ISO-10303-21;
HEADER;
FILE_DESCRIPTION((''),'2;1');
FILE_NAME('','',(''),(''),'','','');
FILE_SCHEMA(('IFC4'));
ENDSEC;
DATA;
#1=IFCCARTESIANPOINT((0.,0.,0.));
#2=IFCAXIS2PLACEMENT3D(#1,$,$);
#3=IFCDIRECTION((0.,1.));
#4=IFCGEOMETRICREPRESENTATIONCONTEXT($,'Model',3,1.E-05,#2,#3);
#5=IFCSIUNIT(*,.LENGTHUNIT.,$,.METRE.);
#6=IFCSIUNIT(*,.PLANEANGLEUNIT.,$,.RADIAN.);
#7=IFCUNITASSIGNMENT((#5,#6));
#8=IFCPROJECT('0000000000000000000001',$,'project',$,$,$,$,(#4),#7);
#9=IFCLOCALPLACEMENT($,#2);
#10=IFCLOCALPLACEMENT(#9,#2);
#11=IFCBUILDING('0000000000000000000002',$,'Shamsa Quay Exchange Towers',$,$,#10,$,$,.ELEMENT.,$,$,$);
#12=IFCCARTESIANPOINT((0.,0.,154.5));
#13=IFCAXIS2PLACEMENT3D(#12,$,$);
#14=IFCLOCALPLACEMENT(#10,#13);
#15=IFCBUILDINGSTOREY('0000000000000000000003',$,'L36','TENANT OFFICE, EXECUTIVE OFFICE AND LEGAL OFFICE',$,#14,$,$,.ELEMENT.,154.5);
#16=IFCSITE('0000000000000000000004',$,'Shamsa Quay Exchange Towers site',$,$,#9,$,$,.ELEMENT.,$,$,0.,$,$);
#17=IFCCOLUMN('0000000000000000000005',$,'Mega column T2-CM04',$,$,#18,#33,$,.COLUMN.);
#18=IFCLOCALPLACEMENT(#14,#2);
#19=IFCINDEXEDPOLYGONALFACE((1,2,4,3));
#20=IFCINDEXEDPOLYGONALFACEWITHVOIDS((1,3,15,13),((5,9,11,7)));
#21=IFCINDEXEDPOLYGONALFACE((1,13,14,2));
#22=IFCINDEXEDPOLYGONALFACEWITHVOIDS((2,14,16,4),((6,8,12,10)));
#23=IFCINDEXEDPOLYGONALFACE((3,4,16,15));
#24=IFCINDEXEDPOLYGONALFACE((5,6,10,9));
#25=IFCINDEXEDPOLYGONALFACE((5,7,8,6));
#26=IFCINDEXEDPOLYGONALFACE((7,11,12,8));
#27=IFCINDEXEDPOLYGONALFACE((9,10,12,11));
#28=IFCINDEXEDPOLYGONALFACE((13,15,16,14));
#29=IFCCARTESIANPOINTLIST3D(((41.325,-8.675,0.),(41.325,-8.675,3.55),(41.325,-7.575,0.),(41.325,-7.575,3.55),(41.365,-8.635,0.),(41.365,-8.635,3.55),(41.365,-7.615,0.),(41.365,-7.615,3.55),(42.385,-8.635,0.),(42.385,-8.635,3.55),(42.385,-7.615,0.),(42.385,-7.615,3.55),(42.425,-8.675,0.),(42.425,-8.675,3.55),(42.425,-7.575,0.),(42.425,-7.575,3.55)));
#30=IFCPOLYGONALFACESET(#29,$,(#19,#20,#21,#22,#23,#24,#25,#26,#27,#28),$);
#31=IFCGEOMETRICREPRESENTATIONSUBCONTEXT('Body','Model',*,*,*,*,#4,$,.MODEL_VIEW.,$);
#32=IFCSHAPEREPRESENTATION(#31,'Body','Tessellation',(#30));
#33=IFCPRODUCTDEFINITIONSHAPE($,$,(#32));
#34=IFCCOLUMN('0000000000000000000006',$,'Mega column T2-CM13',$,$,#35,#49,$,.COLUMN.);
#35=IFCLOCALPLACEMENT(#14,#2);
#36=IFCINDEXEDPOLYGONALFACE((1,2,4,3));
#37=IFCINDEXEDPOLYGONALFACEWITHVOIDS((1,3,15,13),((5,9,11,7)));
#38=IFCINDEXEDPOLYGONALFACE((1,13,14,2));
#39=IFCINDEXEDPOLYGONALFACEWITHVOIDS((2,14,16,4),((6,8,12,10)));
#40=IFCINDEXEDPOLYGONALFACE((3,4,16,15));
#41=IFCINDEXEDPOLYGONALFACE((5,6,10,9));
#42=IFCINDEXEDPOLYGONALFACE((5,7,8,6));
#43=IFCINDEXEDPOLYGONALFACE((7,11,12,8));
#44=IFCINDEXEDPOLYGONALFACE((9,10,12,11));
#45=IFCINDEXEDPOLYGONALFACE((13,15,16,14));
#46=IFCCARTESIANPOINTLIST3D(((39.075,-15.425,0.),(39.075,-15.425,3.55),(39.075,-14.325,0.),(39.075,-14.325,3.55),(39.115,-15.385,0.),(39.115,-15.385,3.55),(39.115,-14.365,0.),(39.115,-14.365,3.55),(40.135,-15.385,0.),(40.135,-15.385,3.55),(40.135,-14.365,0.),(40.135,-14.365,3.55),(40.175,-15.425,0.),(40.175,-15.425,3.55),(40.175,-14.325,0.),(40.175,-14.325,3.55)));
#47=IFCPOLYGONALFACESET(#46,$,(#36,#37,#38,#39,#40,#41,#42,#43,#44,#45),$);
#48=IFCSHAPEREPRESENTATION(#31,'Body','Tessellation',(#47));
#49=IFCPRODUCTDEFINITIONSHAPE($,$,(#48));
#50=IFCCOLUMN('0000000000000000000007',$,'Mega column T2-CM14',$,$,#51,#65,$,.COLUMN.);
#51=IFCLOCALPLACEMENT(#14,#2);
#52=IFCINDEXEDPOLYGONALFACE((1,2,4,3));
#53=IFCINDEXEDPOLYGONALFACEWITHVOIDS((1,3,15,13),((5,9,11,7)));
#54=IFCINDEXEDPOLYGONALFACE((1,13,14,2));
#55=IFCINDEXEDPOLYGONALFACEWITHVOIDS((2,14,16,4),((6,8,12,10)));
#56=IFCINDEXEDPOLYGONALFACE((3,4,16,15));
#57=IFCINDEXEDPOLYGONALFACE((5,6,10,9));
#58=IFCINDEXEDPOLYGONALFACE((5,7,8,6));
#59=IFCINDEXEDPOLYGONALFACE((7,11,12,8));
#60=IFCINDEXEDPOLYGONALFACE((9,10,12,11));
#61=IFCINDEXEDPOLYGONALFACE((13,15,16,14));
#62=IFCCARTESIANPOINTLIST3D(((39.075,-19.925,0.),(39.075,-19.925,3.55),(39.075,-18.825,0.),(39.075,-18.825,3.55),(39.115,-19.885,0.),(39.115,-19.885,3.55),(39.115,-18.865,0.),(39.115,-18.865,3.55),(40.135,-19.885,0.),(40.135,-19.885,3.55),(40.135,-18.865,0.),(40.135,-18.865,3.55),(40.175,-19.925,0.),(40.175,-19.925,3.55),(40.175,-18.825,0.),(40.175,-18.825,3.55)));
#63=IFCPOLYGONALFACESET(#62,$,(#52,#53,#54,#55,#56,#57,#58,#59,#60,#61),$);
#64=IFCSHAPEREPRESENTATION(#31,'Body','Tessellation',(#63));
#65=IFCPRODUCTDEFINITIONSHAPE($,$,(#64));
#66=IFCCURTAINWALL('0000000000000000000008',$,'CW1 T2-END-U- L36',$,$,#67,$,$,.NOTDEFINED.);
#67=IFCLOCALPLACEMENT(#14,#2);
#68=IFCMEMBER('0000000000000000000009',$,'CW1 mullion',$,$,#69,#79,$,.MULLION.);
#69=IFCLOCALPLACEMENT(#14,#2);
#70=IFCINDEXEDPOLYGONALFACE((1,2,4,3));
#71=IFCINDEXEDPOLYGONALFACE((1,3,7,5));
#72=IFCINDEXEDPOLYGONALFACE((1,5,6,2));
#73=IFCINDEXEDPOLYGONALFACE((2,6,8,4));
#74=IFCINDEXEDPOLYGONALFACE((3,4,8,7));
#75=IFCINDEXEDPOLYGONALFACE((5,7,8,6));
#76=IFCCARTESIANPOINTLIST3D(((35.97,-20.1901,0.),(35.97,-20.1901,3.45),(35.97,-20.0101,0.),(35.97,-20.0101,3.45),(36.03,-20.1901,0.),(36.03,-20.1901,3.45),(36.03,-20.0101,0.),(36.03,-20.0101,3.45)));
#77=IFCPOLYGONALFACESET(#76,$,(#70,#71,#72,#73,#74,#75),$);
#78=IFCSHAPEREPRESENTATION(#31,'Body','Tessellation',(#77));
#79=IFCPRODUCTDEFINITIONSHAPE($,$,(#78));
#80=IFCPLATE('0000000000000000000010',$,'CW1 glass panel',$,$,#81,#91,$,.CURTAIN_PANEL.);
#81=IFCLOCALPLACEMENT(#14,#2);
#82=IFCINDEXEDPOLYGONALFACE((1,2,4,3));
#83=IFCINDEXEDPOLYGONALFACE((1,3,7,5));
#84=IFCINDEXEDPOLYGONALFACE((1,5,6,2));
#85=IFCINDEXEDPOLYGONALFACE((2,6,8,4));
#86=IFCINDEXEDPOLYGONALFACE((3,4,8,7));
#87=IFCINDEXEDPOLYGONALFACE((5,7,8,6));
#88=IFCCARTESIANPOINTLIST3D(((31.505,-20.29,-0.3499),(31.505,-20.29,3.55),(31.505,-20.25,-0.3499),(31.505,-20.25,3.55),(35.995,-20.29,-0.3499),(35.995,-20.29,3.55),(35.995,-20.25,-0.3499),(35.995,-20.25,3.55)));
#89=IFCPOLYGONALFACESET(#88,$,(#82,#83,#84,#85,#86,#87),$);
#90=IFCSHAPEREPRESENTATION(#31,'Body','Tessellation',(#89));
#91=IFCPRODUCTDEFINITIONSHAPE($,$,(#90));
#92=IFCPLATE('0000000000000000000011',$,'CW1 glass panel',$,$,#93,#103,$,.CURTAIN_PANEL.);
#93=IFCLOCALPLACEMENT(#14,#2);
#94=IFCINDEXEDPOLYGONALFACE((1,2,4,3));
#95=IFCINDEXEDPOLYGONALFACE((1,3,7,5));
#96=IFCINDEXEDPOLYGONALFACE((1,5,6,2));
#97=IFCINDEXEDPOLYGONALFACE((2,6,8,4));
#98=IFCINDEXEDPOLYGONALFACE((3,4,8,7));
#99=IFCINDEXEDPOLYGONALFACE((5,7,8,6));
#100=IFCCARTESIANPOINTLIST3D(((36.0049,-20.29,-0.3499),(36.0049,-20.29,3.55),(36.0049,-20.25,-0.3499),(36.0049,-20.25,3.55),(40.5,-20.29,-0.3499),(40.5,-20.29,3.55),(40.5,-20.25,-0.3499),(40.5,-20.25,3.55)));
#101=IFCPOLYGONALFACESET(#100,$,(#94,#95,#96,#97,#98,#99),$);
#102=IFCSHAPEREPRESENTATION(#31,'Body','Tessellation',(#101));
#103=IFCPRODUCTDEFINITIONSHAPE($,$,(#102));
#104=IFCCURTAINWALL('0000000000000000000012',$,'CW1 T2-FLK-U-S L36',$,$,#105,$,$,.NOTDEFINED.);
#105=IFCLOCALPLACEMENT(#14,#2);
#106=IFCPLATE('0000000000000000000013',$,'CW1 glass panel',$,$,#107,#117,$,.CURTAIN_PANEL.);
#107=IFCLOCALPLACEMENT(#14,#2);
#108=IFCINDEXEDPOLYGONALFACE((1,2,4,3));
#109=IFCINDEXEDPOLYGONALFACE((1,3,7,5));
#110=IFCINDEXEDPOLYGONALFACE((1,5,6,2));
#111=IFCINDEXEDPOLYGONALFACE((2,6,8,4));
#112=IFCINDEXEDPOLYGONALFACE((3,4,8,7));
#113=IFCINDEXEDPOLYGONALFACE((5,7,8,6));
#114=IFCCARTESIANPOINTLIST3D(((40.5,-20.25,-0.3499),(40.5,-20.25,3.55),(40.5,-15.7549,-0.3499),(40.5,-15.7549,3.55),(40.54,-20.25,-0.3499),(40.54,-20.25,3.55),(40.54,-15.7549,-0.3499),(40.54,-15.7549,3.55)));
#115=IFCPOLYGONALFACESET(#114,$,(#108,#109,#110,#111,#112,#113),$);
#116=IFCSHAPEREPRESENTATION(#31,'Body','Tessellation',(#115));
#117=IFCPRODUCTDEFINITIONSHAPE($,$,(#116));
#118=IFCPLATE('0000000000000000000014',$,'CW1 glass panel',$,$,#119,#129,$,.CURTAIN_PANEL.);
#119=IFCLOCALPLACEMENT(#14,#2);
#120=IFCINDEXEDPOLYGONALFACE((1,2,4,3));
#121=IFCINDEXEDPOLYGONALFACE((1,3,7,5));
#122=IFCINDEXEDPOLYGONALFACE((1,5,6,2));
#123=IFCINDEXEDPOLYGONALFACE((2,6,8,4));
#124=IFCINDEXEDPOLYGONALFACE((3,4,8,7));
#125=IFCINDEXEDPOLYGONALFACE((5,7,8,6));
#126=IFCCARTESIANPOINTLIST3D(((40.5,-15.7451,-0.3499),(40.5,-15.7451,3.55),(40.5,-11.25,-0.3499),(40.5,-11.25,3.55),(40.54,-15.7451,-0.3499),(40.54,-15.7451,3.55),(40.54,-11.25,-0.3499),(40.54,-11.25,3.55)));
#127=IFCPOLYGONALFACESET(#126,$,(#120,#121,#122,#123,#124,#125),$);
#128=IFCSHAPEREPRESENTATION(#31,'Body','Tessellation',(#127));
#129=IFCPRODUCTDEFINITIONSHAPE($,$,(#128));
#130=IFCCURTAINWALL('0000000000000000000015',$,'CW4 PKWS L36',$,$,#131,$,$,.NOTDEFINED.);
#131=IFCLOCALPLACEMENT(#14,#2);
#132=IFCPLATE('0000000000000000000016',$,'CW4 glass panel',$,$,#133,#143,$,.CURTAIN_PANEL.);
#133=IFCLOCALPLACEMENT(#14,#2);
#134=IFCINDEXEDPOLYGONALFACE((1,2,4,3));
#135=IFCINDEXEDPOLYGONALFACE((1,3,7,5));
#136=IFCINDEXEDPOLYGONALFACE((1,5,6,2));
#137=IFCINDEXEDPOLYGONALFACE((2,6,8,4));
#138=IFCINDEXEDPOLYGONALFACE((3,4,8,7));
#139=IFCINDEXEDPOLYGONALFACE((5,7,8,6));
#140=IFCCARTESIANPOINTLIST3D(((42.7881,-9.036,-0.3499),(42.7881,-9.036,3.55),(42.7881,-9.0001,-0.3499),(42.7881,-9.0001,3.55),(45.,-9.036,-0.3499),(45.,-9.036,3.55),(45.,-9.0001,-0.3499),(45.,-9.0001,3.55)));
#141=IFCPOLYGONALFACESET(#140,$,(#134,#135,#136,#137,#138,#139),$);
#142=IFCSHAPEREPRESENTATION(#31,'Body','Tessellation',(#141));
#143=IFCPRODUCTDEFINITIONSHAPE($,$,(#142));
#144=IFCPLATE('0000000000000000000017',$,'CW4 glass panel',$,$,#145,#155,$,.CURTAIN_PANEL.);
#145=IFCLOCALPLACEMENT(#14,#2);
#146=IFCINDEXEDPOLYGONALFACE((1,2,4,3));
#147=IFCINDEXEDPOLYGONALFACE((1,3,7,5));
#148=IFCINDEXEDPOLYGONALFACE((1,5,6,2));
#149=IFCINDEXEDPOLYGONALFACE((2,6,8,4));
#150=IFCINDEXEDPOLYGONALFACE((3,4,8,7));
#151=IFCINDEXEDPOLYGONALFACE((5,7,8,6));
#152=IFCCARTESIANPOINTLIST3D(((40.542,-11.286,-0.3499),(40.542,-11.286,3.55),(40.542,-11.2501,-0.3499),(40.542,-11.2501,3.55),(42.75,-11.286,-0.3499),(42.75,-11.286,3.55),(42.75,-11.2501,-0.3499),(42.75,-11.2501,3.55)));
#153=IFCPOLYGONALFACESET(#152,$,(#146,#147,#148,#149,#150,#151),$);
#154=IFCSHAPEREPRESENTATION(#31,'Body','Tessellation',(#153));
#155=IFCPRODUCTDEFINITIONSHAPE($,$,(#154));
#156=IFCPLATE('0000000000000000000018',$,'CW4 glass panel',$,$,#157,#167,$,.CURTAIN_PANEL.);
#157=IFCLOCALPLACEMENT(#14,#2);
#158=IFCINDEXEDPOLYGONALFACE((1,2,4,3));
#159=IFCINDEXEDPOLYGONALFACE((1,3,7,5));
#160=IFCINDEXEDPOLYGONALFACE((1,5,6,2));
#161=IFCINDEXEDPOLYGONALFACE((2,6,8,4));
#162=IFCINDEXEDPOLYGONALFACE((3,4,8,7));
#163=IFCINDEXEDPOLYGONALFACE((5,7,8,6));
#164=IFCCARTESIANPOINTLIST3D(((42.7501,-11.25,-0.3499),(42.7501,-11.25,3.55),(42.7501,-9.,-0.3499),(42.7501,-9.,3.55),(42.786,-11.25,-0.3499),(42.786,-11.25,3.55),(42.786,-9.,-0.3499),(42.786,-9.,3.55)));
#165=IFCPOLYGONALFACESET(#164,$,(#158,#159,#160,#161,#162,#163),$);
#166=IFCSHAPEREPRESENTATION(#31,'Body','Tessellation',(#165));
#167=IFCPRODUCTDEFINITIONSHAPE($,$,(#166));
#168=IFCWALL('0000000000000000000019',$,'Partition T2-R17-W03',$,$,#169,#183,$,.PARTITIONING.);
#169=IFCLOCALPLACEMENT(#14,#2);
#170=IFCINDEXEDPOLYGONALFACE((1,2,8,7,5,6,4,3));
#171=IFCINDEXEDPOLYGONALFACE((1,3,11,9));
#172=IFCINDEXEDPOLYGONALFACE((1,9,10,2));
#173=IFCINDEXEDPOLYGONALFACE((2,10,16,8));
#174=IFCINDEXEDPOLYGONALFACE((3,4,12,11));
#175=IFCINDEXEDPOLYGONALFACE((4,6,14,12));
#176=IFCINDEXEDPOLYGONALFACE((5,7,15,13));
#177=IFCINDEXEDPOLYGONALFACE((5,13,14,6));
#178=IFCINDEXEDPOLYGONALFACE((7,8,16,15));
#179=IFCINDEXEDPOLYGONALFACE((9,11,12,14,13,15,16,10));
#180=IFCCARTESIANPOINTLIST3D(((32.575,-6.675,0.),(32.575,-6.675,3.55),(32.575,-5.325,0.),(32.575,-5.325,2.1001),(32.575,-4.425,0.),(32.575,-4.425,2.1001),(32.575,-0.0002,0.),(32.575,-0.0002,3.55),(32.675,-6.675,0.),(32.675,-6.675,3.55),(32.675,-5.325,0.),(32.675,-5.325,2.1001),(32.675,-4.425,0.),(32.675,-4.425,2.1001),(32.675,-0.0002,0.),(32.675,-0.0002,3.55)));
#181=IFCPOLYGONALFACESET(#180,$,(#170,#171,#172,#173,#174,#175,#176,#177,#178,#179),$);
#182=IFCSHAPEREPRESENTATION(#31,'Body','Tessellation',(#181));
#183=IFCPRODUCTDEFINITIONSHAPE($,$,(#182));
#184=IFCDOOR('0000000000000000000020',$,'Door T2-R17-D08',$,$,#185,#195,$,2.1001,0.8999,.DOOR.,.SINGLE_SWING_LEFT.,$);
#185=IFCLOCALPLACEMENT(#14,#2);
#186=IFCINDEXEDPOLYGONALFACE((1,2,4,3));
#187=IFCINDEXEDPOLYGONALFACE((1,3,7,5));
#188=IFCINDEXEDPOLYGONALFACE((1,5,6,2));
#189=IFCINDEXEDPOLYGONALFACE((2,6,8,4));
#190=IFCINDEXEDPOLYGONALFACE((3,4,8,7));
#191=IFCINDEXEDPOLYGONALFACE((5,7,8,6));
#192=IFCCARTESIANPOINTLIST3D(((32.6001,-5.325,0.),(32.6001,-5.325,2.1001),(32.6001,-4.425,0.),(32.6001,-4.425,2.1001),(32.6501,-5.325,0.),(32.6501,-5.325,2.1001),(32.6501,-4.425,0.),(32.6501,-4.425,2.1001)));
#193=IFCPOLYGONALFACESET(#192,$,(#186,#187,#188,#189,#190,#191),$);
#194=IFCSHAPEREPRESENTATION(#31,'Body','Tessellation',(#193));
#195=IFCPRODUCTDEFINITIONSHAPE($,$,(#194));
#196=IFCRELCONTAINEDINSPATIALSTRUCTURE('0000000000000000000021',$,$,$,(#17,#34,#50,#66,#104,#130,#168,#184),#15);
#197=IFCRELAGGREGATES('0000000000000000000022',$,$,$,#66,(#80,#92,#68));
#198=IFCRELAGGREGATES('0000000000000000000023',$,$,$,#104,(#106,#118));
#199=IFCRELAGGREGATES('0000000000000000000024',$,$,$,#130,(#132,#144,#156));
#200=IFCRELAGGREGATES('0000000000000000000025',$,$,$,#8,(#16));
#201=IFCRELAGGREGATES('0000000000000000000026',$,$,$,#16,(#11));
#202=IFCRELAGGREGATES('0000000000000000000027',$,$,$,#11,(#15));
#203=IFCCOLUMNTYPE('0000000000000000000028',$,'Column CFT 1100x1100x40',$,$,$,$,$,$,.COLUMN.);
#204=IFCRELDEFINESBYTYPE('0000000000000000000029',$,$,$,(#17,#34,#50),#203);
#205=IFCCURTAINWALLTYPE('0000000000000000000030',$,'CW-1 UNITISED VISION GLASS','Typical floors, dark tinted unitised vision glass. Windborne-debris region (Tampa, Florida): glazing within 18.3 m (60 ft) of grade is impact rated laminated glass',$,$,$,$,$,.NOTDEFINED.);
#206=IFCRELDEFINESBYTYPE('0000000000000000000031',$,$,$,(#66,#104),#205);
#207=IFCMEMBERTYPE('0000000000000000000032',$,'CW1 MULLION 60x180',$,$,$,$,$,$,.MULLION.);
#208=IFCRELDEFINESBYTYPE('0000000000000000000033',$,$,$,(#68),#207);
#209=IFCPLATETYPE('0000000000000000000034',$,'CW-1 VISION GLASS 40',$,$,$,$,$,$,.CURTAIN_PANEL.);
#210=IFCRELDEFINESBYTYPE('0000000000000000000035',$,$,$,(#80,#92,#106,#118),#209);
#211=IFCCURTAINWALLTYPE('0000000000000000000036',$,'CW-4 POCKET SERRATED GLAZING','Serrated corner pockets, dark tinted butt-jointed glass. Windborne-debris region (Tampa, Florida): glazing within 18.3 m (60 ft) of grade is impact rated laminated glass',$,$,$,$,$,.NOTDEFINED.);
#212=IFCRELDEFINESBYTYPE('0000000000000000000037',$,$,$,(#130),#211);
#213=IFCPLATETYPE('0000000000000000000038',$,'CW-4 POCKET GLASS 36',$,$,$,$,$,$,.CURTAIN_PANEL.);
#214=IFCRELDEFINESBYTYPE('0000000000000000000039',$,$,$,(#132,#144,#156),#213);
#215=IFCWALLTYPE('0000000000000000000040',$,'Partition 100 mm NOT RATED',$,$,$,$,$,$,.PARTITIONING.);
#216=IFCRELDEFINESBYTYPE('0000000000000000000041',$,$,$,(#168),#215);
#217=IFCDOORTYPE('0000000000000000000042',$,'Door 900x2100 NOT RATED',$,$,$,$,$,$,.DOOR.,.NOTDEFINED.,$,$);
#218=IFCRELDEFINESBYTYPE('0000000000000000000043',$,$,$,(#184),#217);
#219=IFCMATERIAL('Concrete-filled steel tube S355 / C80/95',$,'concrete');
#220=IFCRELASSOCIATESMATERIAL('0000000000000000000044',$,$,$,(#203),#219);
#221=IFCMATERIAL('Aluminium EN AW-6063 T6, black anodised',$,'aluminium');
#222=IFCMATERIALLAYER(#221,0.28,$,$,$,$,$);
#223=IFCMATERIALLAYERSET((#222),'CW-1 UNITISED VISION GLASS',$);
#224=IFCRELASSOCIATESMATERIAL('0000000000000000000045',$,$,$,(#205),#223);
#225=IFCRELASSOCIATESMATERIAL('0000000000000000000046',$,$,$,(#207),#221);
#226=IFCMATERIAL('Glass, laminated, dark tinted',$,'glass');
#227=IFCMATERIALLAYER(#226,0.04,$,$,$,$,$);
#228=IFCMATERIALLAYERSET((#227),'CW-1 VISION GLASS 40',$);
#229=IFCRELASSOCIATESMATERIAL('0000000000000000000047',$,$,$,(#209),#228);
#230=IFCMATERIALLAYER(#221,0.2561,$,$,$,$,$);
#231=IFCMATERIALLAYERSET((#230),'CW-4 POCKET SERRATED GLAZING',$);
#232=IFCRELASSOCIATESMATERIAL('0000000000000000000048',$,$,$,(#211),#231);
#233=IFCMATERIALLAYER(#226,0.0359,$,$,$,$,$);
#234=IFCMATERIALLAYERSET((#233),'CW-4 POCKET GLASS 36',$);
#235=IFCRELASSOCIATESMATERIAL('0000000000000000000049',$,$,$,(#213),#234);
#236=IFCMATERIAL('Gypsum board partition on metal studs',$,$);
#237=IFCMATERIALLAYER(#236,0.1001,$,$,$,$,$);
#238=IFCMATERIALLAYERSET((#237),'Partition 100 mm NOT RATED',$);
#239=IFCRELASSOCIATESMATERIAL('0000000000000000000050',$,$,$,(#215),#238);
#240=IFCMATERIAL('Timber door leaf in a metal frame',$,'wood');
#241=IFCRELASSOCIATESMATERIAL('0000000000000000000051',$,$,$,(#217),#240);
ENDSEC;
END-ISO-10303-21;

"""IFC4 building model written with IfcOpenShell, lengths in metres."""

from ifc_helpers import new_model, si_unit, direction, frame, frame_2d, origin, origin_2d, place, context, subcontext, project, spatial, rectangle, hollow_rectangle, extrude, material, layer, layer_set, material_profile, profile_set, type_object, element, fill, aggregate, save


model = new_model("IFC4")

# Units and contexts
model_context = context("Model", 3, precision=1e-05, world=origin(), true_north=direction((0.0, 1.0)))
body_context = subcontext(model_context, "Body", "Model", "MODEL_VIEW")
ifc_project = project(units=[si_unit("LENGTHUNIT", "METRE"), si_unit("PLANEANGLEUNIT", "RADIAN")], contexts=[model_context])

# Site, building, storey
site_placement = place(None, origin())
site = spatial("IfcSite", under=ifc_project, at=site_placement, Name="Shamsa Quay Exchange Towers site", CompositionType="ELEMENT", RefElevation=0.0)
building_placement = place(site_placement, origin())
building = spatial("IfcBuilding", under=site, at=building_placement, Name="Shamsa Quay Exchange Towers", CompositionType="ELEMENT")
storey_placement = place(building_placement, frame((0.0, 0.0, 154.5)))
storey = spatial("IfcBuildingStorey", under=building, at=storey_placement, Name="L36", Description="TENANT OFFICE, EXECUTIVE OFFICE AND LEGAL OFFICE", CompositionType="ELEMENT", Elevation=154.5)

# Columns
ifc_material_1 = material(Name="Concrete-filled steel tube S355 / C80/95", Category="concrete")
ifc_material_profile_1 = material_profile(ifc_material_1, hollow_rectangle(XDim=1.1001, YDim=1.1001, WallThickness=0.04, at=origin_2d()), Name="CFT 1100x1100x40")
ifc_profile_set_1 = profile_set([ifc_material_profile_1], Name="Concrete-filled steel tube S355 / C80/95")
column_type = type_object("IfcColumnType", Name="Column CFT 1100x1100x40", PredefinedType="COLUMN", material=ifc_profile_set_1)
for number, where, name in (
    (1, (41.875, -8.125, 0.0), "Mega column T2-CM04"),
    (2, (39.625, -14.875, 0.0), "Mega column T2-CM13"),
    (3, (39.625, -19.375, 0.0), "Mega column T2-CM14"),
):
    element("IfcColumn", number, at=place(storey_placement, frame(where)), inside=storey, type_object=column_type, Name=name, PredefinedType="COLUMN", context=body_context, shape_type="SweptSolid", body=[
        extrude(hollow_rectangle(XDim=1.1001, YDim=1.1001, WallThickness=0.04, at=origin_2d()), origin(), (0.0, 0.0, 1.0), 3.55),
    ])

# Curtain wall, member, plates
ifc_material_2 = material(Name="Aluminium EN AW-6063 T6, black anodised", Category="aluminium")
ifc_layer_1 = layer(ifc_material_2, 0.28)
ifc_layer_set_1 = layer_set([ifc_layer_1], Name="CW-1 UNITISED VISION GLASS")
curtain_wall_type_1 = type_object("IfcCurtainWallType", Name="CW-1 UNITISED VISION GLASS", Description="Typical floors, dark tinted unitised vision glass. Windborne-debris region (Tampa, Florida): glazing within 18.3 m (60 ft) of grade is impact rated laminated glass", PredefinedType="NOTDEFINED", material=ifc_layer_set_1)
curtain_wall_1_placement = place(storey_placement, origin())
curtain_wall_1 = element("IfcCurtainWall", 4, at=curtain_wall_1_placement, inside=storey, type_object=curtain_wall_type_1, Name="CW1 T2-END-U- L36", PredefinedType="NOTDEFINED")
ifc_material_profile_2 = material_profile(ifc_material_2, rectangle(XDim=0.1799, YDim=0.0601, at=origin_2d()), Name="MU60x180")
ifc_profile_set_2 = profile_set([ifc_material_profile_2], Name="Aluminium EN AW-6063 T6, black anodised")
member_type = type_object("IfcMemberType", Name="CW1 MULLION 60x180", PredefinedType="MULLION", material=ifc_profile_set_2)
member_placement = place(storey_placement, frame((36.0, -20.1001, 0.0), z_axis=(0.0, 0.0, 1.0), x_axis=(0.0, 1.0, 0.0)))
member = element("IfcMember", 5, at=member_placement, type_object=member_type, Name="CW1 mullion", PredefinedType="MULLION", context=body_context, shape_type="SweptSolid", body=[
    extrude(rectangle(XDim=0.1799, YDim=0.0601, at=origin_2d()), origin(), (0.0, 0.0, 1.0), 3.45),
])
ifc_material_3 = material(Name="Glass, laminated, dark tinted", Category="glass")
ifc_layer_2 = layer(ifc_material_3, 0.04)
ifc_layer_set_2 = layer_set([ifc_layer_2], Name="CW-1 VISION GLASS 40")
plate_type_1 = type_object("IfcPlateType", Name="CW-1 VISION GLASS 40", PredefinedType="CURTAIN_PANEL", material=ifc_layer_set_2)
plate_1_placement = place(storey_placement, frame((33.75, -20.27, -0.3499)))
plate_1 = element("IfcPlate", 6, at=plate_1_placement, type_object=plate_type_1, Name="CW1 glass panel", PredefinedType="CURTAIN_PANEL", context=body_context, shape_type="SweptSolid", body=[
    extrude(rectangle(XDim=4.49, YDim=0.04, at=origin_2d()), origin(), (0.0, 0.0, 1.0), 3.8999),
])
plate_2_placement = place(storey_placement, frame((38.2524, -20.27, -0.3499)))
plate_2 = element("IfcPlate", 7, at=plate_2_placement, type_object=plate_type_1, Name="CW1 glass panel", PredefinedType="CURTAIN_PANEL", context=body_context, shape_type="SweptSolid", body=[
    extrude(rectangle(XDim=4.4951, YDim=0.04, at=origin_2d()), origin(), (0.0, 0.0, 1.0), 3.8999),
])
aggregate(curtain_wall_1, [plate_1, plate_2, member])

# Curtain walls, plates
curtain_wall_2_placement = place(storey_placement, origin())
curtain_wall_2 = element("IfcCurtainWall", 8, at=curtain_wall_2_placement, inside=storey, type_object=curtain_wall_type_1, Name="CW1 T2-FLK-U-S L36", PredefinedType="NOTDEFINED")
plate_3_placement = place(storey_placement, frame((40.52, -18.0024, -0.3499), z_axis=(0.0, 0.0, 1.0), x_axis=(0.0, 1.0, 0.0)))
plate_3 = element("IfcPlate", 9, at=plate_3_placement, type_object=plate_type_1, Name="CW1 glass panel", PredefinedType="CURTAIN_PANEL", context=body_context, shape_type="SweptSolid", body=[
    extrude(rectangle(XDim=4.4951, YDim=0.04, at=origin_2d()), origin(), (0.0, 0.0, 1.0), 3.8999),
])
plate_4_placement = place(storey_placement, frame((40.52, -13.4976, -0.3499), z_axis=(0.0, 0.0, 1.0), x_axis=(0.0, 1.0, 0.0)))
plate_4 = element("IfcPlate", 10, at=plate_4_placement, type_object=plate_type_1, Name="CW1 glass panel", PredefinedType="CURTAIN_PANEL", context=body_context, shape_type="SweptSolid", body=[
    extrude(rectangle(XDim=4.4951, YDim=0.04, at=origin_2d()), origin(), (0.0, 0.0, 1.0), 3.8999),
])
aggregate(curtain_wall_2, [plate_3, plate_4])
ifc_layer_3 = layer(ifc_material_2, 0.2561)
ifc_layer_set_3 = layer_set([ifc_layer_3], Name="CW-4 POCKET SERRATED GLAZING")
curtain_wall_type_2 = type_object("IfcCurtainWallType", Name="CW-4 POCKET SERRATED GLAZING", Description="Serrated corner pockets, dark tinted butt-jointed glass. Windborne-debris region (Tampa, Florida): glazing within 18.3 m (60 ft) of grade is impact rated laminated glass", PredefinedType="NOTDEFINED", material=ifc_layer_set_3)
curtain_wall_3_placement = place(storey_placement, origin())
curtain_wall_3 = element("IfcCurtainWall", 11, at=curtain_wall_3_placement, inside=storey, type_object=curtain_wall_type_2, Name="CW4 PKWS L36", PredefinedType="NOTDEFINED")
ifc_layer_4 = layer(ifc_material_3, 0.0359)
ifc_layer_set_4 = layer_set([ifc_layer_4], Name="CW-4 POCKET GLASS 36")
plate_type_2 = type_object("IfcPlateType", Name="CW-4 POCKET GLASS 36", PredefinedType="CURTAIN_PANEL", material=ifc_layer_set_4)
plate_5_placement = place(storey_placement, frame((43.894, -9.0181, -0.3499)))
plate_5 = element("IfcPlate", 12, at=plate_5_placement, type_object=plate_type_2, Name="CW4 glass panel", PredefinedType="CURTAIN_PANEL", context=body_context, shape_type="SweptSolid", body=[
    extrude(rectangle(XDim=2.2119, YDim=0.0359, at=origin_2d()), origin(), (0.0, 0.0, 1.0), 3.8999),
])
plate_6_placement = place(storey_placement, frame((41.646, -11.2681, -0.3499)))
plate_6 = element("IfcPlate", 13, at=plate_6_placement, type_object=plate_type_2, Name="CW4 glass panel", PredefinedType="CURTAIN_PANEL", context=body_context, shape_type="SweptSolid", body=[
    extrude(rectangle(XDim=2.208, YDim=0.0359, at=origin_2d()), origin(), (0.0, 0.0, 1.0), 3.8999),
])
plate_7_placement = place(storey_placement, frame((42.7681, -10.125, -0.3499), z_axis=(0.0, 0.0, 1.0), x_axis=(0.0, 1.0, 0.0)))
plate_7 = element("IfcPlate", 14, at=plate_7_placement, type_object=plate_type_2, Name="CW4 glass panel", PredefinedType="CURTAIN_PANEL", context=body_context, shape_type="SweptSolid", body=[
    extrude(rectangle(XDim=2.25, YDim=0.0359, at=origin_2d()), origin(), (0.0, 0.0, 1.0), 3.8999),
])
aggregate(curtain_wall_3, [plate_5, plate_6, plate_7])

# Wall, opening, door
ifc_material_4 = material(Name="Gypsum board partition on metal studs")
ifc_layer_5 = layer(ifc_material_4, 0.1001)
ifc_layer_set_5 = layer_set([ifc_layer_5], Name="Partition 100 mm NOT RATED")
wall_type_1 = type_object("IfcWallType", Name="Partition 100 mm NOT RATED", PredefinedType="PARTITIONING", material=ifc_layer_set_5)
wall_1_placement = place(storey_placement, frame((32.625, -6.675, 0.0), z_axis=(0.0, 0.0, 1.0), x_axis=(0.0, 1.0, 0.0)))
wall_1 = element("IfcWall", 15, at=wall_1_placement, inside=storey, type_object=wall_type_1, Name="Partition T2-R17-W03", PredefinedType="PARTITIONING", context=body_context, shape_type="SweptSolid", body=[
    extrude(rectangle(XDim=6.6748, YDim=0.1001, at=frame_2d((3.3374, 0.0))), origin(), (0.0, 0.0, 1.0), 3.55),
])
opening_1_placement = place(wall_1_placement, frame((1.3501, 0.0, 0.0)))
opening_1 = element("IfcOpeningElement", 16, at=opening_1_placement, cuts=wall_1, PredefinedType="OPENING", context=body_context, shape_type="SweptSolid", body=[
    extrude(rectangle(XDim=0.8999, YDim=2.1001, at=frame_2d((0.45, 1.05))), frame((0.0, 0.0601, 0.0), z_axis=(0.0, -1.0, 0.0), x_axis=(1.0, 0.0, 0.0)), (0.0, 0.0, 1.0), 0.1201),
])
ifc_material_5 = material(Name="Timber door leaf in a metal frame", Category="wood")
door_type_1 = type_object("IfcDoorType", Name="Door 900x2100 NOT RATED", OperationType="NOTDEFINED", PredefinedType="DOOR", material=ifc_material_5)
door_1_placement = place(opening_1_placement, origin())
door_1 = element("IfcDoor", 17, at=door_1_placement, inside=storey, type_object=door_type_1, Name="Door T2-R17-D08", OperationType="SINGLE_SWING_LEFT", OverallHeight=2.1001, OverallWidth=0.8999, PredefinedType="DOOR", context=body_context, shape_type="SweptSolid", body=[
    extrude(rectangle(XDim=0.8999, YDim=2.1001, at=frame_2d((0.45, 1.05))), frame((0.0, 0.0249, 0.0), z_axis=(0.0, -1.0, 0.0), x_axis=(1.0, 0.0, 0.0)), (0.0, 0.0, 1.0), 0.05),
])
fill(opening_1, door_1)

save(model, "model.ifc")
